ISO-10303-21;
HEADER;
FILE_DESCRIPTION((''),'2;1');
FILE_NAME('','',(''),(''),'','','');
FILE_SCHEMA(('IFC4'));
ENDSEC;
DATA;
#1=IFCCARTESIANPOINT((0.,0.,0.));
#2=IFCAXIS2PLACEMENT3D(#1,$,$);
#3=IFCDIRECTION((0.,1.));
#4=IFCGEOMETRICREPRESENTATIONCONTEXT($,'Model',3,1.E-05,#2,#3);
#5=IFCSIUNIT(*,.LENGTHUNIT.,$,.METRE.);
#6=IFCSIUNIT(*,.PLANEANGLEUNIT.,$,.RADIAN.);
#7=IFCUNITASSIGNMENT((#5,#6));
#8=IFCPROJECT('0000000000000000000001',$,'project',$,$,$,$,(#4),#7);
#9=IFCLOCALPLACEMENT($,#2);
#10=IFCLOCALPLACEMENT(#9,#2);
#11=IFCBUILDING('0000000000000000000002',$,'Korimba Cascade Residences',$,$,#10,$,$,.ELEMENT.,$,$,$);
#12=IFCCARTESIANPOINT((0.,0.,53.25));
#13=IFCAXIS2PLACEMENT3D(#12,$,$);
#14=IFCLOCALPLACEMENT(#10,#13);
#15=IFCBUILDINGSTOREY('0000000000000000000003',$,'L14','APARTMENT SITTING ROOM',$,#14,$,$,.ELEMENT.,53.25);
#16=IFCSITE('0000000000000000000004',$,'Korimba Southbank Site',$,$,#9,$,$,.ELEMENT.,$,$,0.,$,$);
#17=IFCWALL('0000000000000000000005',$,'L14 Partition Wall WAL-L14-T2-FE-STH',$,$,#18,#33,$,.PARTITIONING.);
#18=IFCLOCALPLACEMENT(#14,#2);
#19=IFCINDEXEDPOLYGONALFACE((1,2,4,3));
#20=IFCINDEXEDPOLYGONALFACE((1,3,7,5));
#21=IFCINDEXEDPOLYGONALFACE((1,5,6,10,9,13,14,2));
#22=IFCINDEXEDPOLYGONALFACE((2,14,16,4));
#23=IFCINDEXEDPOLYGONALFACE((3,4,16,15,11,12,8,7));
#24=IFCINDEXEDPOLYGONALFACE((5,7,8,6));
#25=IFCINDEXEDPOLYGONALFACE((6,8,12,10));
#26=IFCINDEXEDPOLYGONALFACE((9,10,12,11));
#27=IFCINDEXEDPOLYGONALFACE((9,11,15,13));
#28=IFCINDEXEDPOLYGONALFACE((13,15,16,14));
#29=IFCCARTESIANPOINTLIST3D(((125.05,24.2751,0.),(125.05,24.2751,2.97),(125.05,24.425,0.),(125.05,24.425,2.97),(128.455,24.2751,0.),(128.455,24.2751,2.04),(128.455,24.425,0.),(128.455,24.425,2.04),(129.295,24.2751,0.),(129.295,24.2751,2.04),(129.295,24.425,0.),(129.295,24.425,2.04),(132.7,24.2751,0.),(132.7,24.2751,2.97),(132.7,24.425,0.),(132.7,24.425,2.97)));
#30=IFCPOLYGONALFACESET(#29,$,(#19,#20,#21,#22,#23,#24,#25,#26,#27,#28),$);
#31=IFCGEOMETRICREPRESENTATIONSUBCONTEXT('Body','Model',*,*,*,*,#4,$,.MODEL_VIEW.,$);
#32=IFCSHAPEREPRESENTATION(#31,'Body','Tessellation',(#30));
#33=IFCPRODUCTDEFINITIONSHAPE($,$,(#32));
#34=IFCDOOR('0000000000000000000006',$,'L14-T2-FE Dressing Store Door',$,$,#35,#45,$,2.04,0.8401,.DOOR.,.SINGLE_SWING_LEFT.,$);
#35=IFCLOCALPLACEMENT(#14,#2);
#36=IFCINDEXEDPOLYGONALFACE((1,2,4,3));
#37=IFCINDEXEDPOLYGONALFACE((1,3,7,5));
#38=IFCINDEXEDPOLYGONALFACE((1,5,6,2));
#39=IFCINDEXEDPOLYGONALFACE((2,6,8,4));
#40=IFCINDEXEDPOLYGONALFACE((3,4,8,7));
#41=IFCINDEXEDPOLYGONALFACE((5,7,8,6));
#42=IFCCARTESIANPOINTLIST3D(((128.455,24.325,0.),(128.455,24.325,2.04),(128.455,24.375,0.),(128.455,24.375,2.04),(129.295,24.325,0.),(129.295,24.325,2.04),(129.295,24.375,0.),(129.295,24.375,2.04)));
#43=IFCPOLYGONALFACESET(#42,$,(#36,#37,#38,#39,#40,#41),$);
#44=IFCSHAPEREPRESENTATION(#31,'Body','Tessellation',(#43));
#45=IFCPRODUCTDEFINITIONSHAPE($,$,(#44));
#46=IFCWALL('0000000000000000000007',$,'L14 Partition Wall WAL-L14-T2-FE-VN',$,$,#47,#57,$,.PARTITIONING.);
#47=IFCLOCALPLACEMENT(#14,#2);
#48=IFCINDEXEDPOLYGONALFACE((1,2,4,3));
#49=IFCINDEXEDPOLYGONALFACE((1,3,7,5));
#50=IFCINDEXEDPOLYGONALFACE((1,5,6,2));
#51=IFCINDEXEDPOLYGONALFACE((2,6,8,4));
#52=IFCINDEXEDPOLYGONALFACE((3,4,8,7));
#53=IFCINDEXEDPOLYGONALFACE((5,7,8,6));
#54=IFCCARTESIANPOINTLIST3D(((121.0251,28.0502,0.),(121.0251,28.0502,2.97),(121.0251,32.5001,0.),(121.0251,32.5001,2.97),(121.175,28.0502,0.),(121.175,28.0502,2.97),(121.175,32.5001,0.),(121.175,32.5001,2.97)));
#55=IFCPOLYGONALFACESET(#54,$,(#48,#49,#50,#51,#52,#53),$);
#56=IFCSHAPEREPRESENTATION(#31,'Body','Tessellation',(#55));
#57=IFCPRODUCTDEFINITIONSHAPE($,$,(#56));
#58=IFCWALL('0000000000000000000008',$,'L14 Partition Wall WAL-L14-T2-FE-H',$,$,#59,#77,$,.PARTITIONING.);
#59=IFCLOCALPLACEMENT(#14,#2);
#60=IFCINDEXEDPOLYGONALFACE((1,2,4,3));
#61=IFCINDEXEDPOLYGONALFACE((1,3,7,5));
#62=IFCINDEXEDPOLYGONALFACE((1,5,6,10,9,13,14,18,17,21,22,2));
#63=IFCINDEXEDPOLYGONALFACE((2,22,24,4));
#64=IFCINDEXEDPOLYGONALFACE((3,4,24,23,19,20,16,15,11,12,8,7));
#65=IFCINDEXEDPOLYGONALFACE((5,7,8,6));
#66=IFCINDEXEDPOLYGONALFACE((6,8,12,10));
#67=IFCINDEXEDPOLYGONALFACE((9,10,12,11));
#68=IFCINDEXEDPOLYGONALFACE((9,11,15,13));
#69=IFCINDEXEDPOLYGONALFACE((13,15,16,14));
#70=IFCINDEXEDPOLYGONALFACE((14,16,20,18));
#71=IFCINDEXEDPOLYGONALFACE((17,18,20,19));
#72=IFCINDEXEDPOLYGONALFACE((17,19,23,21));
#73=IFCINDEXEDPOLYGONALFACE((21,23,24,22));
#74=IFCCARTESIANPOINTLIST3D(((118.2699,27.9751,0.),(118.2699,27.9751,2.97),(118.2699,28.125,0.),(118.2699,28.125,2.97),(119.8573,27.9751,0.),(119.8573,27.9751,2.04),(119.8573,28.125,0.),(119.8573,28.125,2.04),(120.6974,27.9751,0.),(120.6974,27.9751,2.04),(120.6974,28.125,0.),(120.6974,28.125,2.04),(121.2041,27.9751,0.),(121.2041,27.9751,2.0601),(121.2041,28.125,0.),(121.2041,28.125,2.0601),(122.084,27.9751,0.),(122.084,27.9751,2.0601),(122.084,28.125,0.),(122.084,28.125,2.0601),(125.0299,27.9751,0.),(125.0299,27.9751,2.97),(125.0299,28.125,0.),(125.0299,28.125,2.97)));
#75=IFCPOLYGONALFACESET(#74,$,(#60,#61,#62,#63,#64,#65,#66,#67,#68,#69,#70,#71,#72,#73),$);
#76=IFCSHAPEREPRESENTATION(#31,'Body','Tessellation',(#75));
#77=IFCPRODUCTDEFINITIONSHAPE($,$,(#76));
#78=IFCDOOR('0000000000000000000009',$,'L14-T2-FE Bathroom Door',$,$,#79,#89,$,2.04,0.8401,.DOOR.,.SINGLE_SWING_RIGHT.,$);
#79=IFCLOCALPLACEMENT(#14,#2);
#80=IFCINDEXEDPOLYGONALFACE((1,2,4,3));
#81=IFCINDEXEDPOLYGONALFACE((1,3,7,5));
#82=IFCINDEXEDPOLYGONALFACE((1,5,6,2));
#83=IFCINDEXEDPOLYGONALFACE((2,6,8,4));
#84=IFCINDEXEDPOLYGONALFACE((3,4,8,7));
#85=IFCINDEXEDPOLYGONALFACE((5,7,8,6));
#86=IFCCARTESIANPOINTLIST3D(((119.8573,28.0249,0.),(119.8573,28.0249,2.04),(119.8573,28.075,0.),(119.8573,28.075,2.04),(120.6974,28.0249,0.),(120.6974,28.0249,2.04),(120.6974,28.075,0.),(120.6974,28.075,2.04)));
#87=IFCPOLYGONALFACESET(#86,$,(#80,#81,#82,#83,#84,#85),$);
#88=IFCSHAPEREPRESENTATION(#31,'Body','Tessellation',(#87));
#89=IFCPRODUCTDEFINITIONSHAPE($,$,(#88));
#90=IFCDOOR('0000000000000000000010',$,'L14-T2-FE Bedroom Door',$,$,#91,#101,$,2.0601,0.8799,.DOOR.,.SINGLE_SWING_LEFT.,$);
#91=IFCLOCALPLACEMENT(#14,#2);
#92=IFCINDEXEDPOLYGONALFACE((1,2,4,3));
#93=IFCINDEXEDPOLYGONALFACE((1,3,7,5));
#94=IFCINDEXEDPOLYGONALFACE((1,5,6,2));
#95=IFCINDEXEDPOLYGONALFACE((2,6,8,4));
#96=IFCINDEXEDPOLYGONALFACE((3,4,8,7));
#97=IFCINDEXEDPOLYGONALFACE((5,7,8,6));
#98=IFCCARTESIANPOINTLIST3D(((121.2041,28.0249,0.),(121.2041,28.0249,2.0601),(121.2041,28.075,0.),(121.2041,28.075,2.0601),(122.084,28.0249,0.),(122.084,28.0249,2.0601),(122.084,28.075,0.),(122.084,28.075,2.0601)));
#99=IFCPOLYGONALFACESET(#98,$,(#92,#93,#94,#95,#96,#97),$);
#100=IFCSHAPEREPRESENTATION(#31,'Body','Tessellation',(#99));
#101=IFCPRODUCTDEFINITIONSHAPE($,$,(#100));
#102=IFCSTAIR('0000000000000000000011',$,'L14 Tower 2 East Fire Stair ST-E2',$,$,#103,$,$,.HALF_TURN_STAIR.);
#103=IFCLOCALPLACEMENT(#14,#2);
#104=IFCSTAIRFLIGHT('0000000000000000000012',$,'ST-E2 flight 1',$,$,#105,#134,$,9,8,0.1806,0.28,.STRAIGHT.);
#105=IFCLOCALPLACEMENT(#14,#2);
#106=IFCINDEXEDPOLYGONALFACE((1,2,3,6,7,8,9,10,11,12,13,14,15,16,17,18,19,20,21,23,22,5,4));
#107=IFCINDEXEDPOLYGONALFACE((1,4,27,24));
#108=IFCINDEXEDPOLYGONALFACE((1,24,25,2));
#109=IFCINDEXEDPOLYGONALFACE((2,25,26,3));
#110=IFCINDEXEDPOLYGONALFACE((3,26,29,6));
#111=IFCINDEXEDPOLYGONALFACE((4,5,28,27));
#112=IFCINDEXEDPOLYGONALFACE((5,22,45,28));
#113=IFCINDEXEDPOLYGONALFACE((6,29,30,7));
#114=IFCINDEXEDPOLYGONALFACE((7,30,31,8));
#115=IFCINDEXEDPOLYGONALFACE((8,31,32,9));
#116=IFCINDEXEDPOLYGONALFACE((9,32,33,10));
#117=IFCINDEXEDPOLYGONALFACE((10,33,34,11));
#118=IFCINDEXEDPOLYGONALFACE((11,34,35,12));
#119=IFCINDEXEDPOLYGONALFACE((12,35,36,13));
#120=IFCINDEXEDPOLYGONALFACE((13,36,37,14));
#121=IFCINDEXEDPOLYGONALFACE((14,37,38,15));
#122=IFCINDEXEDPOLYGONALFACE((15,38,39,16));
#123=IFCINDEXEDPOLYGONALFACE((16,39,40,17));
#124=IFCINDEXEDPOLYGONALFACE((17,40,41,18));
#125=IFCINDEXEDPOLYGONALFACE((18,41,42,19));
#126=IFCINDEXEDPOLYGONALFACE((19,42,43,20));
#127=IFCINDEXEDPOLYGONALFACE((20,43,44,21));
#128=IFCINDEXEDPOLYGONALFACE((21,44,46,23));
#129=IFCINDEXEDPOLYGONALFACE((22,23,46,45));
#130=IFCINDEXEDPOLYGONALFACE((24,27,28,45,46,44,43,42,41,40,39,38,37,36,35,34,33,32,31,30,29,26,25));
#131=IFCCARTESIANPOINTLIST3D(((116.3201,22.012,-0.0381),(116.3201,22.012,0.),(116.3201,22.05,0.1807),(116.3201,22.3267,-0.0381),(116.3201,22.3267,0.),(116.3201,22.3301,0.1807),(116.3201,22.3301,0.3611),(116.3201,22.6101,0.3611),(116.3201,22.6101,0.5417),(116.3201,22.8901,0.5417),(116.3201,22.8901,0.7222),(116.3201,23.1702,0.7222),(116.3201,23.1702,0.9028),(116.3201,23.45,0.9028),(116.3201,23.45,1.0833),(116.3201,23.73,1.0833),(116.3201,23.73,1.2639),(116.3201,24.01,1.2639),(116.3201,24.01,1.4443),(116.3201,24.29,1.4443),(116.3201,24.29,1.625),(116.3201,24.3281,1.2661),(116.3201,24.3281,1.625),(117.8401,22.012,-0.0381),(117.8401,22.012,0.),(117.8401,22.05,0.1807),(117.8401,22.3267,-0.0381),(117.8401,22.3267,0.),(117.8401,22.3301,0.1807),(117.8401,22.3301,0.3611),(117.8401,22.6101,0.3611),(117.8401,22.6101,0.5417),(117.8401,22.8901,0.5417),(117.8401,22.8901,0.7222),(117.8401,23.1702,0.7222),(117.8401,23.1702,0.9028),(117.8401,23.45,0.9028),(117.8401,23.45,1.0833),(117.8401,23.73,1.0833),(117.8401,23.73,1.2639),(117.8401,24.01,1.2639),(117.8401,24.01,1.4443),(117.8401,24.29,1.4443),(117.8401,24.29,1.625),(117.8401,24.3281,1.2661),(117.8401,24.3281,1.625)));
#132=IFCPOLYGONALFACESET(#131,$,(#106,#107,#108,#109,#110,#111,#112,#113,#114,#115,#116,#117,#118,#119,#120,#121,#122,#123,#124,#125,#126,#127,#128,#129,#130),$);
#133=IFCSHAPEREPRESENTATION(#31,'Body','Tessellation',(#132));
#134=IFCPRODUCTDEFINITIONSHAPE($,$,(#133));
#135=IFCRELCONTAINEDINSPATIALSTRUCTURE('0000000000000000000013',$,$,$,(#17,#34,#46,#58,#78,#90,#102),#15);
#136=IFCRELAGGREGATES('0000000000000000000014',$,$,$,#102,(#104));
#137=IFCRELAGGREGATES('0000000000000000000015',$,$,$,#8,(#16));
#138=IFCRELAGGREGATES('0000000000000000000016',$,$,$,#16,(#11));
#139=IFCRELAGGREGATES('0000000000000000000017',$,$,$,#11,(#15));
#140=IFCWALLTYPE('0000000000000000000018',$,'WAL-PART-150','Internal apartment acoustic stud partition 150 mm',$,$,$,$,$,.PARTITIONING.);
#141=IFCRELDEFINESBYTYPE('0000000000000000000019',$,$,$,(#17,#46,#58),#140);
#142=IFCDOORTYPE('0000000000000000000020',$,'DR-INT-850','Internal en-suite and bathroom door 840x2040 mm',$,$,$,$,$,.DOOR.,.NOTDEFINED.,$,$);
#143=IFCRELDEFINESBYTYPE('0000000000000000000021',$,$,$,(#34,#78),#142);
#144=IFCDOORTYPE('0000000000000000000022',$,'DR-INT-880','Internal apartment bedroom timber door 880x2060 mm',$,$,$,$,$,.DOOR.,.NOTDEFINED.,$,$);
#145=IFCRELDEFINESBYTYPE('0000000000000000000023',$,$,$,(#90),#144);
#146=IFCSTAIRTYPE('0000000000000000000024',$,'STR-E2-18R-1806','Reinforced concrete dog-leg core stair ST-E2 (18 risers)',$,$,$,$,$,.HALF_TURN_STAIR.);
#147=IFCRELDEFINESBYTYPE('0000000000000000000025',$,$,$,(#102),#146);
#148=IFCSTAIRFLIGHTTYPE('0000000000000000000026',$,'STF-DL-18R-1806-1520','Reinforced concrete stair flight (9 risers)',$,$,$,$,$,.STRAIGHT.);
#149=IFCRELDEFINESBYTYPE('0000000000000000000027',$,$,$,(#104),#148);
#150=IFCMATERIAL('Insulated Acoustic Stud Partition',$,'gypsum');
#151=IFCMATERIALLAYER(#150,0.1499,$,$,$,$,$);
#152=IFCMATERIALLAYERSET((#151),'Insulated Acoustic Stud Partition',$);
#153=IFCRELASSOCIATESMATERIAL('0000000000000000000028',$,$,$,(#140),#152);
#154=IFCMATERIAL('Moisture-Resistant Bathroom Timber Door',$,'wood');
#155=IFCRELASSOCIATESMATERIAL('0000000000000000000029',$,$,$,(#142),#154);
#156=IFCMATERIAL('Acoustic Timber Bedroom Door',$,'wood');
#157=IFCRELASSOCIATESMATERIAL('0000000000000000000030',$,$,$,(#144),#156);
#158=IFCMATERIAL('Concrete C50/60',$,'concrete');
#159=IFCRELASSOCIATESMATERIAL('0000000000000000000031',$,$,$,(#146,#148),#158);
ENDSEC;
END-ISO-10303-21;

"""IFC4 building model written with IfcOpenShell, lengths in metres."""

from ifc_helpers import new_model, si_unit, direction, frame, frame_2d, origin, place, context, subcontext, project, spatial, polyline, rectangle, outline, extrude, material, layer, layer_set, type_object, element, fill, aggregate, save


model = new_model("IFC4")

# Units and contexts
model_context = context("Model", 3, precision=1e-05, world=origin(), true_north=direction((0.0, 1.0)))
body_context = subcontext(model_context, "Body", "Model", "MODEL_VIEW")
ifc_project = project(units=[si_unit("LENGTHUNIT", "METRE"), si_unit("PLANEANGLEUNIT", "RADIAN")], contexts=[model_context])

# Site, building, storey
site_placement = place(None, origin())
site = spatial("IfcSite", under=ifc_project, at=site_placement, Name="Korimba Southbank Site", CompositionType="ELEMENT", RefElevation=0.0)
building_placement = place(site_placement, origin())
building = spatial("IfcBuilding", under=site, at=building_placement, Name="Korimba Cascade Residences", CompositionType="ELEMENT")
storey_placement = place(building_placement, frame((0.0, 0.0, 53.25)))
storey = spatial("IfcBuildingStorey", under=building, at=storey_placement, Name="L14", Description="APARTMENT SITTING ROOM", CompositionType="ELEMENT", Elevation=53.25)

# Shared definitions
ifc_material_1 = material(Name="Concrete C50/60", Category="concrete")

# Wall, opening, door
ifc_material_2 = material(Name="Insulated Acoustic Stud Partition", Category="gypsum")
ifc_layer_1 = layer(ifc_material_2, 0.1499)
ifc_layer_set_1 = layer_set([ifc_layer_1], Name="Insulated Acoustic Stud Partition")
wall_type_1 = type_object("IfcWallType", Name="WAL-PART-150", Description="Internal apartment acoustic stud partition 150 mm", PredefinedType="PARTITIONING", material=ifc_layer_set_1)
wall_1_placement = place(storey_placement, frame((125.05, 24.3501, 0.0), z_axis=(0.0, 0.0, 1.0), x_axis=(1.0, 0.0, 0.0)))
wall_1 = element("IfcWall", 1, at=wall_1_placement, inside=storey, type_object=wall_type_1, Name="L14 Partition Wall WAL-L14-T2-FE-STH", PredefinedType="PARTITIONING", context=body_context, shape_type="SweptSolid", body=[
    extrude(rectangle(XDim=7.6499, YDim=0.1499, at=frame_2d((3.825, 0.0))), origin(), (0.0, 0.0, 1.0), 2.97),
])
opening_1_placement = place(wall_1_placement, frame((3.405, 0.0, 0.0)))
opening_1 = element("IfcOpeningElement", 2, at=opening_1_placement, cuts=wall_1, PredefinedType="OPENING", context=body_context, shape_type="SweptSolid", body=[
    extrude(rectangle(XDim=0.8401, YDim=2.04, at=frame_2d((0.4199, 1.02))), frame((0.0, 0.085, 0.0), z_axis=(0.0, -1.0, 0.0), x_axis=(1.0, 0.0, 0.0)), (0.0, 0.0, 1.0), 0.1699),
])
ifc_material_3 = material(Name="Moisture-Resistant Bathroom Timber Door", Category="wood")
door_type_1 = type_object("IfcDoorType", Name="DR-INT-850", Description="Internal en-suite and bathroom door 840x2040 mm", OperationType="NOTDEFINED", PredefinedType="DOOR", material=ifc_material_3)
door_1_placement = place(opening_1_placement, origin())
door_1 = element("IfcDoor", 3, at=door_1_placement, inside=storey, type_object=door_type_1, Name="L14-T2-FE Dressing Store Door", OperationType="SINGLE_SWING_LEFT", OverallHeight=2.04, OverallWidth=0.8401, PredefinedType="DOOR", context=body_context, shape_type="SweptSolid", body=[
    extrude(rectangle(XDim=0.8401, YDim=2.04, at=frame_2d((0.4199, 1.02))), frame((0.0, 0.0249, 0.0), z_axis=(0.0, -1.0, 0.0), x_axis=(1.0, 0.0, 0.0)), (0.0, 0.0, 1.0), 0.05),
])
fill(opening_1, door_1)

# Wall
wall_2_placement = place(storey_placement, frame((121.1001, 28.05, 0.0), z_axis=(0.0, 0.0, 1.0), x_axis=(0.0, 1.0, 0.0)))
element("IfcWall", 4, at=wall_2_placement, inside=storey, type_object=wall_type_1, Name="L14 Partition Wall WAL-L14-T2-FE-VN", PredefinedType="PARTITIONING", context=body_context, shape_type="SweptSolid", body=[
    extrude(rectangle(XDim=4.45, YDim=0.1499, at=frame_2d((2.2251, 0.0))), origin(), (0.0, 0.0, 1.0), 2.97),
])

# Wall, openings, doors
wall_3_placement = place(storey_placement, frame((118.27, 28.05, 0.0), z_axis=(0.0, 0.0, 1.0), x_axis=(1.0, 0.0, 0.0)))
wall_3 = element("IfcWall", 5, at=wall_3_placement, inside=storey, type_object=wall_type_1, Name="L14 Partition Wall WAL-L14-T2-FE-H", PredefinedType="PARTITIONING", context=body_context, shape_type="SweptSolid", body=[
    extrude(rectangle(XDim=6.76, YDim=0.1499, at=frame_2d((3.3799, 0.0))), origin(), (0.0, 0.0, 1.0), 2.97),
])
opening_2_placement = place(wall_3_placement, frame((1.5874, 0.0, 0.0)))
opening_2 = element("IfcOpeningElement", 6, at=opening_2_placement, cuts=wall_3, PredefinedType="OPENING", context=body_context, shape_type="SweptSolid", body=[
    extrude(rectangle(XDim=0.8401, YDim=2.04, at=frame_2d((0.4199, 1.02))), frame((0.0, 0.085, 0.0), z_axis=(0.0, -1.0, 0.0), x_axis=(1.0, 0.0, 0.0)), (0.0, 0.0, 1.0), 0.1699),
])
opening_3_placement = place(wall_3_placement, frame((2.9341, 0.0, 0.0)))
opening_3 = element("IfcOpeningElement", 7, at=opening_3_placement, cuts=wall_3, PredefinedType="OPENING", context=body_context, shape_type="SweptSolid", body=[
    extrude(rectangle(XDim=0.8799, YDim=2.0601, at=frame_2d((0.4399, 1.03))), frame((0.0, 0.085, 0.0), z_axis=(0.0, -1.0, 0.0), x_axis=(1.0, 0.0, 0.0)), (0.0, 0.0, 1.0), 0.1699),
])
door_2_placement = place(opening_2_placement, origin())
door_2 = element("IfcDoor", 8, at=door_2_placement, inside=storey, type_object=door_type_1, Name="L14-T2-FE Bathroom Door", OperationType="SINGLE_SWING_RIGHT", OverallHeight=2.04, OverallWidth=0.8401, PredefinedType="DOOR", context=body_context, shape_type="SweptSolid", body=[
    extrude(rectangle(XDim=0.8401, YDim=2.04, at=frame_2d((0.4199, 1.02))), frame((0.0, 0.0249, 0.0), z_axis=(0.0, -1.0, 0.0), x_axis=(1.0, 0.0, 0.0)), (0.0, 0.0, 1.0), 0.05),
])
fill(opening_2, door_2)
ifc_material_4 = material(Name="Acoustic Timber Bedroom Door", Category="wood")
door_type_2 = type_object("IfcDoorType", Name="DR-INT-880", Description="Internal apartment bedroom timber door 880x2060 mm", OperationType="NOTDEFINED", PredefinedType="DOOR", material=ifc_material_4)
door_3_placement = place(opening_3_placement, origin())
door_3 = element("IfcDoor", 9, at=door_3_placement, inside=storey, type_object=door_type_2, Name="L14-T2-FE Bedroom Door", OperationType="SINGLE_SWING_LEFT", OverallHeight=2.0601, OverallWidth=0.8799, PredefinedType="DOOR", context=body_context, shape_type="SweptSolid", body=[
    extrude(rectangle(XDim=0.8799, YDim=2.0601, at=frame_2d((0.4399, 1.03))), frame((0.0, 0.0249, 0.0), z_axis=(0.0, -1.0, 0.0), x_axis=(1.0, 0.0, 0.0)), (0.0, 0.0, 1.0), 0.05),
])
fill(opening_3, door_3)

# Stair, stair flight
stair_type = type_object("IfcStairType", Name="STR-E2-18R-1806", Description="Reinforced concrete dog-leg core stair ST-E2 (18 risers)", PredefinedType="HALF_TURN_STAIR", material=ifc_material_1)
stair_placement = place(storey_placement, origin())
stair = element("IfcStair", 10, at=stair_placement, inside=storey, type_object=stair_type, Name="L14 Tower 2 East Fire Stair ST-E2", PredefinedType="HALF_TURN_STAIR")
stair_flight_type = type_object("IfcStairFlightType", Name="STF-DL-18R-1806-1520", Description="Reinforced concrete stair flight (9 risers)", PredefinedType="STRAIGHT", material=ifc_material_1)
stair_flight_placement = place(storey_placement, frame((117.0801, 22.05, 0.0), z_axis=(0.0, 0.0, 1.0), x_axis=(0.0, 1.0, 0.0)))
stair_flight = element("IfcStairFlight", 11, at=stair_flight_placement, type_object=stair_flight_type, Name="ST-E2 flight 1", NumberOfRisers=9, NumberOfTreads=8, PredefinedType="STRAIGHT", RiserHeight=0.1806, TreadLength=0.28, context=body_context, shape_type="SweptSolid", body=[
    extrude(outline(polyline([(-0.0381, 0.0), (0.0, 0.1807), (0.28, 0.1807), (0.28, 0.3611), (0.5601, 0.3611), (0.5601, 0.5417), (0.8401, 0.5417), (0.8401, 0.7222), (1.1201, 0.7222), (1.1201, 0.9028), (1.3999, 0.9028), (1.3999, 1.0833), (1.6799, 1.0833), (1.6799, 1.2639), (1.96, 1.2639), (1.96, 1.4443), (2.24, 1.4443), (2.24, 1.625), (2.2781, 1.625), (2.2781, 1.2661), (0.2766, 0.0), (0.2766, -0.0381), (-0.0381, -0.0381), (-0.0381, 0.0)])), frame((0.0, 0.76, 0.0), z_axis=(0.0, -1.0, 0.0), x_axis=(1.0, 0.0, 0.0)), (0.0, 0.0, 1.0), 1.52),
])
aggregate(stair, [stair_flight])

save(model, "model.ifc")
